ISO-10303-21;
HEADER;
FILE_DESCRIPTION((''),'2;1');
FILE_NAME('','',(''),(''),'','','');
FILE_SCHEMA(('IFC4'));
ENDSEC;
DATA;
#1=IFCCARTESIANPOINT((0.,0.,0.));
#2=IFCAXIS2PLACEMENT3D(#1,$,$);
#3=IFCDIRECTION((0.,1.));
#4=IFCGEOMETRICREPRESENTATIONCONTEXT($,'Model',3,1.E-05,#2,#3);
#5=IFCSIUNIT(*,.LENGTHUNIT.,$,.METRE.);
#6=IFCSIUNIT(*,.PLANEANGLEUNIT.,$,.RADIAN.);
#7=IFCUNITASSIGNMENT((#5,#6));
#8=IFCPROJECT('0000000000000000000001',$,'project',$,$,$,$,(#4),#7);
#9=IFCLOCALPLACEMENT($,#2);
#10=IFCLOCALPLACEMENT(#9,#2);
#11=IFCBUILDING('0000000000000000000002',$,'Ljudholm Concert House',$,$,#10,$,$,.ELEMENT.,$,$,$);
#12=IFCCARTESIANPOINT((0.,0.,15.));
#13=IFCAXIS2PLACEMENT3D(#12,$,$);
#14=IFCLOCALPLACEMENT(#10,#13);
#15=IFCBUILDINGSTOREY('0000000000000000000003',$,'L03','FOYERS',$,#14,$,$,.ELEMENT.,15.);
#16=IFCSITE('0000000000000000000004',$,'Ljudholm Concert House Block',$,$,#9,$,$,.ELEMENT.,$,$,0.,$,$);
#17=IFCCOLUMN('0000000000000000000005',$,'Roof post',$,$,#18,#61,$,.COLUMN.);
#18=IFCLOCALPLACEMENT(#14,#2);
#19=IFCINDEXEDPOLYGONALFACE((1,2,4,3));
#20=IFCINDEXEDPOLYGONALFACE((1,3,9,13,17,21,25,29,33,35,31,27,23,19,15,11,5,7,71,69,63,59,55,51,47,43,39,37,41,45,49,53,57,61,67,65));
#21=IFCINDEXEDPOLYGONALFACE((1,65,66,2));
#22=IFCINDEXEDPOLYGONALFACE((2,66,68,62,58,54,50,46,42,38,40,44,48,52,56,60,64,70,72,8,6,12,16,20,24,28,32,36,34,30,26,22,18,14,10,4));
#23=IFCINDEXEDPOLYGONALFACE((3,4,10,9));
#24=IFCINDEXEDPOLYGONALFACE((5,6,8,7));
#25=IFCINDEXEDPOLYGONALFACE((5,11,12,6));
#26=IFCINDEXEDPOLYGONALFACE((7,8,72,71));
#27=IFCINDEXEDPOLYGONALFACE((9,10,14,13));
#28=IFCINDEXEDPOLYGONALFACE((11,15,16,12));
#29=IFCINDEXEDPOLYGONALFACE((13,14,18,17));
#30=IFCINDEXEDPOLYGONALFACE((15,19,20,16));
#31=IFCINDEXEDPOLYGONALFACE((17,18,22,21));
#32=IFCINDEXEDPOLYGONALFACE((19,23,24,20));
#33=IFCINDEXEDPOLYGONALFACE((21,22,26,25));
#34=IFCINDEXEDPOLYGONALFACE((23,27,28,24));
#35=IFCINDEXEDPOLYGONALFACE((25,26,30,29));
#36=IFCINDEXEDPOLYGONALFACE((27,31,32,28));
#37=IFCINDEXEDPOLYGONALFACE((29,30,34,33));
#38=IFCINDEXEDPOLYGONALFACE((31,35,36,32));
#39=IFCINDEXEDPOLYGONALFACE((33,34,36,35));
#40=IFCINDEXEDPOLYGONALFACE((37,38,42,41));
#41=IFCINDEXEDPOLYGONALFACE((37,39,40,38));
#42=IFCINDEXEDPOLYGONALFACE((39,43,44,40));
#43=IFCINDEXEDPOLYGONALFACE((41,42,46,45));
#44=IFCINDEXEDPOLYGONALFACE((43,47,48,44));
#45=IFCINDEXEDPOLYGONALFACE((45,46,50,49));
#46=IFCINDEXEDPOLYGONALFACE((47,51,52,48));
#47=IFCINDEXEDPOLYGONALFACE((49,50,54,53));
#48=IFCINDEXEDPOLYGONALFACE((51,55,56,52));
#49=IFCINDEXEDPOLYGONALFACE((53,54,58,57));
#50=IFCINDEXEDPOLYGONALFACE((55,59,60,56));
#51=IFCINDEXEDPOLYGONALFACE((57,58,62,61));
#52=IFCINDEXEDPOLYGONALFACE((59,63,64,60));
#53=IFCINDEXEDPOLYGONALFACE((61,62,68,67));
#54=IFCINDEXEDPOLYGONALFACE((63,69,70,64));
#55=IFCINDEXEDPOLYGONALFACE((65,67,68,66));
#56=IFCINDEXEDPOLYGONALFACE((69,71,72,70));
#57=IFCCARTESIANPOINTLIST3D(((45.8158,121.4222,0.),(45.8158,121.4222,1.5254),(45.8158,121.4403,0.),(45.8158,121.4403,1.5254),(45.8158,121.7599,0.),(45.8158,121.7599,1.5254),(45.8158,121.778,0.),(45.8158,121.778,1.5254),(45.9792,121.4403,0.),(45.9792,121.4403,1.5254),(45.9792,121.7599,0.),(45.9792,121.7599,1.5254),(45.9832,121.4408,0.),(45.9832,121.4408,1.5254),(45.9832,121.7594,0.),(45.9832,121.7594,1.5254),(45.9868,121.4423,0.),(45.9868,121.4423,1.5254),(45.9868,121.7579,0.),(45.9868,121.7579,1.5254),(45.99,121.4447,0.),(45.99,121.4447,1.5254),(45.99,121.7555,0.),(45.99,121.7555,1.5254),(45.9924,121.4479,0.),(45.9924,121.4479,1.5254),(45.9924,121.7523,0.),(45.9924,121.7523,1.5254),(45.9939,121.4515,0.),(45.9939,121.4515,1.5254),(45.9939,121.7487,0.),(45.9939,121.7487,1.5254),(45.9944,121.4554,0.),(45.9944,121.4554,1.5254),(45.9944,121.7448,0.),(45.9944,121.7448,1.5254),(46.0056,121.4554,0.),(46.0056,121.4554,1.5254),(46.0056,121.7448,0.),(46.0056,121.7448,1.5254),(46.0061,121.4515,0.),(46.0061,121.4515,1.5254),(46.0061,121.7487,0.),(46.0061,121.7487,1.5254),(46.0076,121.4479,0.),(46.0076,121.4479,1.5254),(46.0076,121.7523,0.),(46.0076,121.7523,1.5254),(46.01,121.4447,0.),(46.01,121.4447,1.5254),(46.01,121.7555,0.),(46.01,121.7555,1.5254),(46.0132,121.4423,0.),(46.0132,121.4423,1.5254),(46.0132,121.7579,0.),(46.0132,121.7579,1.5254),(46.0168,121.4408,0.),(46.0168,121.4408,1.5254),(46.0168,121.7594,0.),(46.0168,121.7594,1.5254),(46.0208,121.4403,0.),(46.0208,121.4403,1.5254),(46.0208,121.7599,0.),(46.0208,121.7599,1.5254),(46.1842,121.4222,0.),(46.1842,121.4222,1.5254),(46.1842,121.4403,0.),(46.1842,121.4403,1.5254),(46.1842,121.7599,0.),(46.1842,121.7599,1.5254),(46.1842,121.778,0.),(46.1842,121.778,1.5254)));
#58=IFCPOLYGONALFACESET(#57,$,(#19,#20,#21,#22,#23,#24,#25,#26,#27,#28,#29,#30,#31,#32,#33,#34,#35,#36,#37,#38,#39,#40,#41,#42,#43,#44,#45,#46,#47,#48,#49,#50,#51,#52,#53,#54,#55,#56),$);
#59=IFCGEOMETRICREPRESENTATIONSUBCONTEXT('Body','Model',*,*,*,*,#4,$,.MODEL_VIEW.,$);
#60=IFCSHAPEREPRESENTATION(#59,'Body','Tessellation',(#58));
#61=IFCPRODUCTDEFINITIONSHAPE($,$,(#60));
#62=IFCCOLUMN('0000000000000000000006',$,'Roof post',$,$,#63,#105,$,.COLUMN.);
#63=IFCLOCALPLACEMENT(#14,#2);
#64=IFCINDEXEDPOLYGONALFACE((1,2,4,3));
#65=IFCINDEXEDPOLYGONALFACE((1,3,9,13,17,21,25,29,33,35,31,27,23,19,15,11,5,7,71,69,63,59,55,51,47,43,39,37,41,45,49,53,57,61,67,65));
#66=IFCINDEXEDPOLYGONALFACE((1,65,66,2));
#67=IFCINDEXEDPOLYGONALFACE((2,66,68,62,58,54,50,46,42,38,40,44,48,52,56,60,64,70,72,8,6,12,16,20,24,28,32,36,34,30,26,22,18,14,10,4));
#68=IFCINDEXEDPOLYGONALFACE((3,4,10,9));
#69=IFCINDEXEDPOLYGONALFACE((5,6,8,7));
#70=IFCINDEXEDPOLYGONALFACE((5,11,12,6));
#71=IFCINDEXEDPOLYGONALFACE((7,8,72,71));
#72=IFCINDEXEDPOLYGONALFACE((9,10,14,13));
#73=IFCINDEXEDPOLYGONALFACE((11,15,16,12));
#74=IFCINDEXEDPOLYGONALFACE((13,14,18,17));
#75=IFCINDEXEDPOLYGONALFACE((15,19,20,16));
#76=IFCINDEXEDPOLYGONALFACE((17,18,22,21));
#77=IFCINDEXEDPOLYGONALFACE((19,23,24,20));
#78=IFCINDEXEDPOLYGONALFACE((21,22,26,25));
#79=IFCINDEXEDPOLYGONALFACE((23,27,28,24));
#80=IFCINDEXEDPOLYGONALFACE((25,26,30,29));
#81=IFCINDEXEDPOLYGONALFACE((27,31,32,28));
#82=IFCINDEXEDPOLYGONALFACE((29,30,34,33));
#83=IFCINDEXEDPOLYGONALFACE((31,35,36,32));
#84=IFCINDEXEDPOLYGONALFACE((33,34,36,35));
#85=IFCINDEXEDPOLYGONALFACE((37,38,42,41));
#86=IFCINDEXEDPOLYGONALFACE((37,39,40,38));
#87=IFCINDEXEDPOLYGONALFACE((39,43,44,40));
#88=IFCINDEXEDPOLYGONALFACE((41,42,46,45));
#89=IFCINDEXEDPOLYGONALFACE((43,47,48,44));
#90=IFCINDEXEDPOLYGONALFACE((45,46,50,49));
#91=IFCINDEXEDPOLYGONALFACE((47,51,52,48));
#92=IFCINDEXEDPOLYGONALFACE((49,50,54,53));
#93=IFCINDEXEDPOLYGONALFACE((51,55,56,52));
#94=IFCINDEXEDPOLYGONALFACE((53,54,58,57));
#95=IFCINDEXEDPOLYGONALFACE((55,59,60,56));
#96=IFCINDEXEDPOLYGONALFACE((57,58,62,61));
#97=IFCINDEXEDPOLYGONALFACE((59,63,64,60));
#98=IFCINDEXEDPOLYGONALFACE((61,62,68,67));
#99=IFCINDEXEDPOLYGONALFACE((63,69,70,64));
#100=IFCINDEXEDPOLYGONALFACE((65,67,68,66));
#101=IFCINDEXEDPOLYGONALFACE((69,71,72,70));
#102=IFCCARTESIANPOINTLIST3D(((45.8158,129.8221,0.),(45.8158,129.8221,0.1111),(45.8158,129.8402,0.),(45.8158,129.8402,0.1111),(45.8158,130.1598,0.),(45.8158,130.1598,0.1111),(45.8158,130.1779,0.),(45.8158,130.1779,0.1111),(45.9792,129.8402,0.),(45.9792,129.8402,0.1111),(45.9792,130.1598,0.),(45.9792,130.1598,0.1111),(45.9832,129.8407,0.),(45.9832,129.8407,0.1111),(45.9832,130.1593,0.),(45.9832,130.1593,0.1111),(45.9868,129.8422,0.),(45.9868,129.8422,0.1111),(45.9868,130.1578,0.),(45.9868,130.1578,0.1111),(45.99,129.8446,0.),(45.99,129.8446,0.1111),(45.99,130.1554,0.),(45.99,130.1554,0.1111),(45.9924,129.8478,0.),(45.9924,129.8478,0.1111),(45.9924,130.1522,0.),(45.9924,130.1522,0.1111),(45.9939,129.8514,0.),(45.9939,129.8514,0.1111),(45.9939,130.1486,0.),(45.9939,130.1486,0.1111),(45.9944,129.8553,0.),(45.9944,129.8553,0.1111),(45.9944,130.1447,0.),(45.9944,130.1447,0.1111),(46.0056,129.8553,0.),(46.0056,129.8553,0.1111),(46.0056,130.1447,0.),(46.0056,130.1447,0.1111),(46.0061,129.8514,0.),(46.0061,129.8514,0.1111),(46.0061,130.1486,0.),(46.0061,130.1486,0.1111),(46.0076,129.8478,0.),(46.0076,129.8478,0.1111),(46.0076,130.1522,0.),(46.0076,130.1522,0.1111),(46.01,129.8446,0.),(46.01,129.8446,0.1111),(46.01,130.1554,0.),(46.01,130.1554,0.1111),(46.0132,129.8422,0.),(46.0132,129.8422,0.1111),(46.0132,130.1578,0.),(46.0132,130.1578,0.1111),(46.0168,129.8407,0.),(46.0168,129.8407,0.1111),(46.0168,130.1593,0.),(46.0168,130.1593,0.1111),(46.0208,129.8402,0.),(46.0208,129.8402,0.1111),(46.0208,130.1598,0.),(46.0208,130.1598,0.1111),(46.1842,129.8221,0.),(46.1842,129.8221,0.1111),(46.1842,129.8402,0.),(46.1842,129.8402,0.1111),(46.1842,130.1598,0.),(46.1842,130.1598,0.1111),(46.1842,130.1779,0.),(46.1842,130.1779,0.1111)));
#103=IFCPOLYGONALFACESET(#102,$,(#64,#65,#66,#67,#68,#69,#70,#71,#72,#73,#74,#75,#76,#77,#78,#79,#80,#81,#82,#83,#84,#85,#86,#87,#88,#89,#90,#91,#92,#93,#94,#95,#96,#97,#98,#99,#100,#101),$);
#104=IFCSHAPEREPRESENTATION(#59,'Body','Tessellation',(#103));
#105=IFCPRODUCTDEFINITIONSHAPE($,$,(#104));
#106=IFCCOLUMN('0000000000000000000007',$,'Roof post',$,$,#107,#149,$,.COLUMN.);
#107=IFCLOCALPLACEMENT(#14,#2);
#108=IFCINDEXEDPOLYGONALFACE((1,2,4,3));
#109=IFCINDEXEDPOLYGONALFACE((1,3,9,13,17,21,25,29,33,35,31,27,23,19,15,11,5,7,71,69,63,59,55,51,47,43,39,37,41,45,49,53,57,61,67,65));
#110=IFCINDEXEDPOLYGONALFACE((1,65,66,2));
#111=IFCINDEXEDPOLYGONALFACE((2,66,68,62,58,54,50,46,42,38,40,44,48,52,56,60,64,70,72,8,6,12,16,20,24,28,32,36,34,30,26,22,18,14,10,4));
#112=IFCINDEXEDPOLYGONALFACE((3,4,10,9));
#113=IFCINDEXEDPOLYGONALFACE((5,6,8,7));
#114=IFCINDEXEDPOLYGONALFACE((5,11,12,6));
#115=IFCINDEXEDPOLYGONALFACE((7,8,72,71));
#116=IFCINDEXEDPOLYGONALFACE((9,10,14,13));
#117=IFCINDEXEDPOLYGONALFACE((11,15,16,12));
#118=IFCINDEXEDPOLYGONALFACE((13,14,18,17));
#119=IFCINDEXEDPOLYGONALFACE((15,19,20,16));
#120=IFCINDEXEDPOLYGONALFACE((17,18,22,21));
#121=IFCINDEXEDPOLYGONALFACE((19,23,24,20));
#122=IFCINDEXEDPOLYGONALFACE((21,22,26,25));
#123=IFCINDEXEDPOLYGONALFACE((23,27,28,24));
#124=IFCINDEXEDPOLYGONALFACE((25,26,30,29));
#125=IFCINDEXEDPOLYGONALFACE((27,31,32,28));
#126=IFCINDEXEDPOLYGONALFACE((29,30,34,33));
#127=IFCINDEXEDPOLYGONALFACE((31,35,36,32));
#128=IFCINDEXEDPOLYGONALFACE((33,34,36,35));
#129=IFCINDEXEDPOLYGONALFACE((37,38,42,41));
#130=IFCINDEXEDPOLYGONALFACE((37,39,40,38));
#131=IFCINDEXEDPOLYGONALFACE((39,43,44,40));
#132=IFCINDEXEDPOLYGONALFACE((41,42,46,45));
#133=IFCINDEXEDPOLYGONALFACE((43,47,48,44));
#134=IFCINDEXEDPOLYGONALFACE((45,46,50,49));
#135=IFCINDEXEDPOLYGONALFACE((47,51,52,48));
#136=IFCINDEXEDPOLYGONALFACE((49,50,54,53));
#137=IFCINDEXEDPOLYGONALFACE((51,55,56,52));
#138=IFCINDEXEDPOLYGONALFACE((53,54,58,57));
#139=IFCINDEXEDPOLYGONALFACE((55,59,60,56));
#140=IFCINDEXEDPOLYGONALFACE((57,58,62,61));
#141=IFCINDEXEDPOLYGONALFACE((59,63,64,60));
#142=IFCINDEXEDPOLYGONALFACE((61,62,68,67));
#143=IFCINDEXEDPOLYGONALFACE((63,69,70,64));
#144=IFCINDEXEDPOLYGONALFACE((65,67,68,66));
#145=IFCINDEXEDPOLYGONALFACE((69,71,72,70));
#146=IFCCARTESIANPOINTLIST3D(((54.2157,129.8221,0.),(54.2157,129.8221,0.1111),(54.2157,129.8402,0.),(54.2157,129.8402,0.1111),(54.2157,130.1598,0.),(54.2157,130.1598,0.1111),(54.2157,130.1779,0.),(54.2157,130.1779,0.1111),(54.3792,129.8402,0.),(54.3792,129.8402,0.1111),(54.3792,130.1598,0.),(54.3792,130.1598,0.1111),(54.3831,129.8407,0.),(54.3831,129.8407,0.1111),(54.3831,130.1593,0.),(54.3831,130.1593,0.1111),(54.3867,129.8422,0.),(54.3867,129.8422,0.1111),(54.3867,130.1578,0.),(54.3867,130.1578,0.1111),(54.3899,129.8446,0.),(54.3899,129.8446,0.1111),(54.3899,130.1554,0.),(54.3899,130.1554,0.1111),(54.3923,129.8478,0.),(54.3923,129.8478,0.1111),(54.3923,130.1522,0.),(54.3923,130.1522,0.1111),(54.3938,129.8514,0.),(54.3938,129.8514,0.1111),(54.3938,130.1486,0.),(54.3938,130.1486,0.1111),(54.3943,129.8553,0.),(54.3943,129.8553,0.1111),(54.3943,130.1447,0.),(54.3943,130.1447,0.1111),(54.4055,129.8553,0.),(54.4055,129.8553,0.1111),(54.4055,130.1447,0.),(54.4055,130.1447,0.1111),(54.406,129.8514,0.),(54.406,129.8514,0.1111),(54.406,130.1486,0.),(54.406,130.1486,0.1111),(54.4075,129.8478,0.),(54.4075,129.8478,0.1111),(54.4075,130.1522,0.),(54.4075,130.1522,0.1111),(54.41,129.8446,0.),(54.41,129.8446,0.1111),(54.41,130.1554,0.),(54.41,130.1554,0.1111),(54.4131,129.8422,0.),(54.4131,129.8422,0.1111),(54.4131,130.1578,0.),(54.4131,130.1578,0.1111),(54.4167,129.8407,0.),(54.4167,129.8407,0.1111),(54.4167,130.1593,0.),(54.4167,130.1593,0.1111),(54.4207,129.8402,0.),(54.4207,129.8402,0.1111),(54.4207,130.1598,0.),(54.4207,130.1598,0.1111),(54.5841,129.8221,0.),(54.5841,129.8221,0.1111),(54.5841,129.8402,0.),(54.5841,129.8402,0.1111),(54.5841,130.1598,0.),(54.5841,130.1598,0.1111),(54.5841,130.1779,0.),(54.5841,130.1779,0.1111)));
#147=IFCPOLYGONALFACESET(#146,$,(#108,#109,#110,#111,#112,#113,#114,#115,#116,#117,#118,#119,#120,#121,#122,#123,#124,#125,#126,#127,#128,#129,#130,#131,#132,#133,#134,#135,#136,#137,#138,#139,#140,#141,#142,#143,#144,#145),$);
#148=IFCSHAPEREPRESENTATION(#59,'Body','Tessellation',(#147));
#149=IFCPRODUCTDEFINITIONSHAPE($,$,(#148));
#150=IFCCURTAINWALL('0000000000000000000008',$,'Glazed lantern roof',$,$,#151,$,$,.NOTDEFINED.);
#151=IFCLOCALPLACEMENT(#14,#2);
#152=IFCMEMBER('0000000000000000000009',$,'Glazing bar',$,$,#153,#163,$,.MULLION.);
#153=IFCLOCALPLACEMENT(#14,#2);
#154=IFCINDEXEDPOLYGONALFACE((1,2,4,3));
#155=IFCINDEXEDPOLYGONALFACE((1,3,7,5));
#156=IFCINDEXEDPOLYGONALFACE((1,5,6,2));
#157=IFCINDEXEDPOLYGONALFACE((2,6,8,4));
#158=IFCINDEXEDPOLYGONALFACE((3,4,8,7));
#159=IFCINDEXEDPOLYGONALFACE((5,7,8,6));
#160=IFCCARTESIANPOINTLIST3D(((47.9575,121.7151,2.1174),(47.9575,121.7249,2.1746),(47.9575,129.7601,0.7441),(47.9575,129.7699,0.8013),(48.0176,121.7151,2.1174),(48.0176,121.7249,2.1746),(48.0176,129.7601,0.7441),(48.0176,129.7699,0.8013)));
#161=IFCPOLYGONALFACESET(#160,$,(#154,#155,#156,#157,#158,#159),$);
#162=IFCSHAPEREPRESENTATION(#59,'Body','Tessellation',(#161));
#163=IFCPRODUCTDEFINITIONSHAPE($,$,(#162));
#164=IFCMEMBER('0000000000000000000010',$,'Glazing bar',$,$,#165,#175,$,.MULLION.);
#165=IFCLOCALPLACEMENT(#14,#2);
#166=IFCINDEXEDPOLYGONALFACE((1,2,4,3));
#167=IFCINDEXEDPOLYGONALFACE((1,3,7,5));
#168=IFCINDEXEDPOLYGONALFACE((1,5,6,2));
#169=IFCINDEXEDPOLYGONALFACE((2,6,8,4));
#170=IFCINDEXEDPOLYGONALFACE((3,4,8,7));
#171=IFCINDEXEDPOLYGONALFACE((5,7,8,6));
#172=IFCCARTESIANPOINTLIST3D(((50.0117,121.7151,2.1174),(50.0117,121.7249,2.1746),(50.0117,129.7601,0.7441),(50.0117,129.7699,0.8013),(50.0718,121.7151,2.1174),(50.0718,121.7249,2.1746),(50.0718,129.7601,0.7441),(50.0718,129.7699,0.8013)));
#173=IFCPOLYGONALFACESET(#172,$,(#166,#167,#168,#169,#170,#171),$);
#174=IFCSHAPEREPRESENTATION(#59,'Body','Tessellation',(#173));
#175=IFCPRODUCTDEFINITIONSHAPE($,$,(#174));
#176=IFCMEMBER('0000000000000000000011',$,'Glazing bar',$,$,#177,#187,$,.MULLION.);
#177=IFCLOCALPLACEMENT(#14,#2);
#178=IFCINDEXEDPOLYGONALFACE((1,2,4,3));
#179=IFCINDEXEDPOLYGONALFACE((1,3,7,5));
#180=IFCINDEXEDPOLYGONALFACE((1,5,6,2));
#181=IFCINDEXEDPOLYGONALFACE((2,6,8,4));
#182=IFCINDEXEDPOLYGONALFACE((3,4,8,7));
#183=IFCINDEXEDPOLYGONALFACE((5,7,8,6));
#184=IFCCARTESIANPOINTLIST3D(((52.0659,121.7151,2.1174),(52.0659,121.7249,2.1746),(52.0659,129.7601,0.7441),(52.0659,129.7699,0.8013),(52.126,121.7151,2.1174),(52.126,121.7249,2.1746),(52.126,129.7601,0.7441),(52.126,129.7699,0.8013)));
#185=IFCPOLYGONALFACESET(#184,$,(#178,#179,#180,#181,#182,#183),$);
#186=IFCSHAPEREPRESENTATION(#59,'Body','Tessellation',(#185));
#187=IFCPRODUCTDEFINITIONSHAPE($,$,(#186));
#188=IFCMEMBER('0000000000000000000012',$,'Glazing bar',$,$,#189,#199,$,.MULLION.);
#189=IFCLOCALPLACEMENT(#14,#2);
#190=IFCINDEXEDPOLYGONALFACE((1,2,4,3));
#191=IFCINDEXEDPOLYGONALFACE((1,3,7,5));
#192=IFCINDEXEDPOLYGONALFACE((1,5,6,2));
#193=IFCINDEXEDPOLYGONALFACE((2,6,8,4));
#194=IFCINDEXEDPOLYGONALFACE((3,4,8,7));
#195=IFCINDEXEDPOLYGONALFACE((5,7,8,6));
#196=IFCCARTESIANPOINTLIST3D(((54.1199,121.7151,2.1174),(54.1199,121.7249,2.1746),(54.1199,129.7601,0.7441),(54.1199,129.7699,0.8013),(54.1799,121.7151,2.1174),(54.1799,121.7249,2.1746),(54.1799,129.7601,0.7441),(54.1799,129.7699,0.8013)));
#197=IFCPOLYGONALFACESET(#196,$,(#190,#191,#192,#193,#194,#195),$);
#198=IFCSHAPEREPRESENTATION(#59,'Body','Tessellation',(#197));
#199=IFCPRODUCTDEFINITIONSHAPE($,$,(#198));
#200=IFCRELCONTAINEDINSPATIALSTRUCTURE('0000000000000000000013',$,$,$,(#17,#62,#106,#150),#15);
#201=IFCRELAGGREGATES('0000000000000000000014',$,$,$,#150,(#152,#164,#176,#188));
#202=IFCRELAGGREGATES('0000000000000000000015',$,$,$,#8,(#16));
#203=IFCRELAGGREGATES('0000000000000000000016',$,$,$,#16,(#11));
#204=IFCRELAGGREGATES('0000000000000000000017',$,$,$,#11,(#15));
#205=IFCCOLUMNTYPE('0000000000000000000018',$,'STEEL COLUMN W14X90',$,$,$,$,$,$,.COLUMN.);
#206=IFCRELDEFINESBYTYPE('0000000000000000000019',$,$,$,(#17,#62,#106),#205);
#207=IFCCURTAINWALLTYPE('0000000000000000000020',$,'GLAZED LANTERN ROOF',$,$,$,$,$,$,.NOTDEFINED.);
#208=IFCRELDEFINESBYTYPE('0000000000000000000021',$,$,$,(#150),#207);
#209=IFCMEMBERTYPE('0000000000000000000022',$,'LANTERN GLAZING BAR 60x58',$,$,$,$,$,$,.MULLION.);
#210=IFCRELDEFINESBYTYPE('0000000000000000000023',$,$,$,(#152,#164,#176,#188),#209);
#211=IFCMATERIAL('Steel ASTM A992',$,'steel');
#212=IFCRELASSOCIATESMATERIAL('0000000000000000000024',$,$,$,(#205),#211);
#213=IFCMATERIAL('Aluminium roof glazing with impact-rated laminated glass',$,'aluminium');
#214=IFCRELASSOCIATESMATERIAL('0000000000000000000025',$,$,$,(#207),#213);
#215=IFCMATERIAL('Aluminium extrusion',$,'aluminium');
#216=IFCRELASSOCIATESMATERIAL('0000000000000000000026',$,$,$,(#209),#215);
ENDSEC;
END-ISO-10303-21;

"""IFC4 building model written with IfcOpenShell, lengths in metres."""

from ifc_helpers import new_model, si_unit, direction, frame, origin, origin_2d, place, context, subcontext, project, spatial, rectangle, i_section, extrude, material, material_profile, profile_set, type_object, element, aggregate, save


model = new_model("IFC4")

# Units and contexts
model_context = context("Model", 3, precision=1e-05, world=origin(), true_north=direction((0.0, 1.0)))
body_context = subcontext(model_context, "Body", "Model", "MODEL_VIEW")
ifc_project = project(units=[si_unit("LENGTHUNIT", "METRE"), si_unit("PLANEANGLEUNIT", "RADIAN")], contexts=[model_context])

# Site, building, storey
site_placement = place(None, origin())
site = spatial("IfcSite", under=ifc_project, at=site_placement, Name="Ljudholm Concert House Block", CompositionType="ELEMENT", RefElevation=0.0)
building_placement = place(site_placement, origin())
building = spatial("IfcBuilding", under=site, at=building_placement, Name="Ljudholm Concert House", CompositionType="ELEMENT")
storey_placement = place(building_placement, frame((0.0, 0.0, 15.0)))
storey = spatial("IfcBuildingStorey", under=building, at=storey_placement, Name="L03", Description="FOYERS", CompositionType="ELEMENT", Elevation=15.0)

# Columns
ifc_material_1 = material(Name="Steel ASTM A992", Category="steel")
ifc_material_profile_1 = material_profile(ifc_material_1, i_section(OverallWidth=0.3684, OverallDepth=0.3557, WebThickness=0.0112, FlangeThickness=0.0181, FilletRadius=0.0151, at=origin_2d()), Name="W14X90")
ifc_profile_set_1 = profile_set([ifc_material_profile_1], Name="Steel ASTM A992")
column_type = type_object("IfcColumnType", Name="STEEL COLUMN W14X90", PredefinedType="COLUMN", material=ifc_profile_set_1)
column_placement = place(storey_placement, frame((46.0, 121.6001, 0.0), z_axis=(0.0, 0.0, 1.0), x_axis=(1.0, 0.0, 0.0)))
element("IfcColumn", 1, at=column_placement, inside=storey, type_object=column_type, Name="Roof post", PredefinedType="COLUMN", context=body_context, shape_type="SweptSolid", body=[
    extrude(i_section(OverallWidth=0.3684, OverallDepth=0.3557, WebThickness=0.0112, FlangeThickness=0.0181, FilletRadius=0.0151, at=origin_2d()), origin(), (0.0, 0.0, 1.0), 1.5254),
])
for number, where, z_axis, x_axis, name in (
    (2, (46.0, 130.0, 0.0), (0.0, 0.0, 1.0), (1.0, 0.0, 0.0), "Roof post"),
    (3, (54.3999, 130.0, 0.0), (0.0, 0.0, 1.0), (1.0, 0.0, 0.0), "Roof post"),
):
    element("IfcColumn", number, at=place(storey_placement, frame(where, z_axis=z_axis, x_axis=x_axis)), inside=storey, type_object=column_type, Name=name, PredefinedType="COLUMN", context=body_context, shape_type="SweptSolid", body=[
        extrude(i_section(OverallWidth=0.3684, OverallDepth=0.3557, WebThickness=0.0112, FlangeThickness=0.0181, FilletRadius=0.0151, at=origin_2d()), origin(), (0.0, 0.0, 1.0), 0.1111),
    ])

# Curtain wall, members
ifc_material_2 = material(Name="Aluminium roof glazing with impact-rated laminated glass", Category="aluminium")
curtain_wall_type = type_object("IfcCurtainWallType", Name="GLAZED LANTERN ROOF", PredefinedType="NOTDEFINED", material=ifc_material_2)
curtain_wall_placement = place(storey_placement, origin())
curtain_wall = element("IfcCurtainWall", 4, at=curtain_wall_placement, inside=storey, type_object=curtain_wall_type, Name="Glazed lantern roof", PredefinedType="NOTDEFINED")
ifc_material_3 = material(Name="Aluminium extrusion", Category="aluminium")
ifc_material_profile_2 = material_profile(ifc_material_3, rectangle(XDim=0.0601, YDim=0.0581, at=origin_2d()), Name="LANTERN GLAZING BAR 60x58")
ifc_profile_set_2 = profile_set([ifc_material_profile_2], Name="Aluminium extrusion")
member_type_1 = type_object("IfcMemberType", Name="LANTERN GLAZING BAR 60x58", PredefinedType="MULLION", material=ifc_profile_set_2)
member_1_placement = place(storey_placement, frame((47.9875, 121.72, 2.146), z_axis=(0.0, 0.985741, -0.168269), x_axis=(-1.0, 0.0, 0.0)))
member_1 = element("IfcMember", 5, at=member_1_placement, type_object=member_type_1, Name="Glazing bar", PredefinedType="MULLION", context=body_context, shape_type="SweptSolid", body=[
    extrude(rectangle(XDim=0.0601, YDim=0.0581, at=origin_2d()), origin(), (0.0, 0.0, 1.0), 8.1614),
])
member_2_placement = place(storey_placement, frame((50.0417, 121.72, 2.146), z_axis=(0.0, 0.985741, -0.168269), x_axis=(-1.0, 0.0, 0.0)))
member_2 = element("IfcMember", 6, at=member_2_placement, type_object=member_type_1, Name="Glazing bar", PredefinedType="MULLION", context=body_context, shape_type="SweptSolid", body=[
    extrude(rectangle(XDim=0.0601, YDim=0.0581, at=origin_2d()), origin(), (0.0, 0.0, 1.0), 8.1614),
])
member_3_placement = place(storey_placement, frame((52.0959, 121.72, 2.146), z_axis=(0.0, 0.985741, -0.168269), x_axis=(-1.0, 0.0, 0.0)))
member_3 = element("IfcMember", 7, at=member_3_placement, type_object=member_type_1, Name="Glazing bar", PredefinedType="MULLION", context=body_context, shape_type="SweptSolid", body=[
    extrude(rectangle(XDim=0.0601, YDim=0.0581, at=origin_2d()), origin(), (0.0, 0.0, 1.0), 8.1614),
])
member_4_placement = place(storey_placement, frame((54.1499, 121.72, 2.146), z_axis=(0.0, 0.985741, -0.168269), x_axis=(-1.0, 0.0, 0.0)))
member_4 = element("IfcMember", 8, at=member_4_placement, type_object=member_type_1, Name="Glazing bar", PredefinedType="MULLION", context=body_context, shape_type="SweptSolid", body=[
    extrude(rectangle(XDim=0.0601, YDim=0.0581, at=origin_2d()), origin(), (0.0, 0.0, 1.0), 8.1614),
])

aggregate(curtain_wall, [member_1, member_2, member_3, member_4])

save(model, "model.ifc")
